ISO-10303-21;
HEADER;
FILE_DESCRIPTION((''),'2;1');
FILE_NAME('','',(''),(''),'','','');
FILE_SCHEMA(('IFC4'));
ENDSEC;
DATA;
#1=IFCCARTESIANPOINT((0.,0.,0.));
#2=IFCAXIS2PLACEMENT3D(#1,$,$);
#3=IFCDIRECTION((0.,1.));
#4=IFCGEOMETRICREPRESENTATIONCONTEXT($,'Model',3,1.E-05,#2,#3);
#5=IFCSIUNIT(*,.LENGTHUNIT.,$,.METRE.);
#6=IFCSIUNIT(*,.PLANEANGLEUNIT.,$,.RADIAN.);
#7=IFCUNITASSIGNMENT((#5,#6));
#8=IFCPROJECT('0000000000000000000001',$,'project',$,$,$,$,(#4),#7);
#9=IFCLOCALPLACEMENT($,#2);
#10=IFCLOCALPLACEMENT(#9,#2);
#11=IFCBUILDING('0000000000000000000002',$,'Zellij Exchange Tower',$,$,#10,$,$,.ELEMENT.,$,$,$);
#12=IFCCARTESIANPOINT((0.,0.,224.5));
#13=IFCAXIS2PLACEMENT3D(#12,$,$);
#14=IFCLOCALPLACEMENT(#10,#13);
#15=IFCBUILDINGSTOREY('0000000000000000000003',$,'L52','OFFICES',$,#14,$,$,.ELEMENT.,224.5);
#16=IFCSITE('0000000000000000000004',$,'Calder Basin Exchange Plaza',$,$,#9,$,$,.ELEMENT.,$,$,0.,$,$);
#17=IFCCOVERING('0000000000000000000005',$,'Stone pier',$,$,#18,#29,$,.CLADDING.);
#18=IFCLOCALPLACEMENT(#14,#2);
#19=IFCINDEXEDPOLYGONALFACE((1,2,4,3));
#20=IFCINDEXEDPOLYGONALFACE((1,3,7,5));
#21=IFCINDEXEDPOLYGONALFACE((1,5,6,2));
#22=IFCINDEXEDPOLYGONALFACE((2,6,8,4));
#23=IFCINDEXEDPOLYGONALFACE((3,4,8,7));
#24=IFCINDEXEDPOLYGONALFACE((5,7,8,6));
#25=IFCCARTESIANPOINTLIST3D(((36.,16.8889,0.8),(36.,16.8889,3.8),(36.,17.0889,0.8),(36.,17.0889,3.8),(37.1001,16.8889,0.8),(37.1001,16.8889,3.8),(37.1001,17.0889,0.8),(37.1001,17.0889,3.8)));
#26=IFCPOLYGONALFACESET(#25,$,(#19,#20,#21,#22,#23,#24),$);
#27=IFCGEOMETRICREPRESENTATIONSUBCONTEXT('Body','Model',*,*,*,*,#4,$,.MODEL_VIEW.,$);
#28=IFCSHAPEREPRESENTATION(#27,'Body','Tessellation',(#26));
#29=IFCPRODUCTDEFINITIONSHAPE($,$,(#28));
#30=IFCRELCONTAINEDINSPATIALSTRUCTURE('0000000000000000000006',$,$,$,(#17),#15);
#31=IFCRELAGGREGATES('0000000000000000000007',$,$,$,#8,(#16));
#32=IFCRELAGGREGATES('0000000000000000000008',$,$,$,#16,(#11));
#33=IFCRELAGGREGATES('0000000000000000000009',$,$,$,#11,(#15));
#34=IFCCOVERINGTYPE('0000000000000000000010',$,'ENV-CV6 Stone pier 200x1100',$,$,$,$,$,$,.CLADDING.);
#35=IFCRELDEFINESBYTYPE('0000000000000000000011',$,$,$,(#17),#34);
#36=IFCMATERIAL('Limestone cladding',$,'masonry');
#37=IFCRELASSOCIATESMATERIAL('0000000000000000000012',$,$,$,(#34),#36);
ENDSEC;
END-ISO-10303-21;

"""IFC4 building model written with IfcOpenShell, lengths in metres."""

from ifc_helpers import new_model, si_unit, direction, frame, origin, place, context, subcontext, project, spatial, polyline, outline, extrude, material, type_object, element, save


model = new_model("IFC4")

# Units and contexts
model_context = context("Model", 3, precision=1e-05, world=origin(), true_north=direction((0.0, 1.0)))
body_context = subcontext(model_context, "Body", "Model", "MODEL_VIEW")
ifc_project = project(units=[si_unit("LENGTHUNIT", "METRE"), si_unit("PLANEANGLEUNIT", "RADIAN")], contexts=[model_context])

# Site, building, storey
site_placement = place(None, origin())
site = spatial("IfcSite", under=ifc_project, at=site_placement, Name="Calder Basin Exchange Plaza", CompositionType="ELEMENT", RefElevation=0.0)
building_placement = place(site_placement, origin())
building = spatial("IfcBuilding", under=site, at=building_placement, Name="Zellij Exchange Tower", CompositionType="ELEMENT")
storey_placement = place(building_placement, frame((0.0, 0.0, 224.5)))
storey = spatial("IfcBuildingStorey", under=building, at=storey_placement, Name="L52", Description="OFFICES", CompositionType="ELEMENT", Elevation=224.5)

# Covering
ifc_material_1 = material(Name="Limestone cladding", Category="masonry")
covering_type = type_object("IfcCoveringType", Name="ENV-CV6 Stone pier 200x1100", PredefinedType="CLADDING", material=ifc_material_1)
covering_1_placement = place(storey_placement, frame((0.0, 0.0, 0.8)))
element("IfcCovering", 1, at=covering_1_placement, inside=storey, type_object=covering_type, Name="Stone pier", PredefinedType="CLADDING", context=body_context, shape_type="SweptSolid", body=[
    extrude(outline(polyline([(36.0, 16.8889), (36.0, 17.0889), (37.1001, 17.0889), (37.1001, 16.8889), (36.0, 16.8889)])), origin(), (0.0, 0.0, 1.0), 3.0),
])

save(model, "model.ifc")
